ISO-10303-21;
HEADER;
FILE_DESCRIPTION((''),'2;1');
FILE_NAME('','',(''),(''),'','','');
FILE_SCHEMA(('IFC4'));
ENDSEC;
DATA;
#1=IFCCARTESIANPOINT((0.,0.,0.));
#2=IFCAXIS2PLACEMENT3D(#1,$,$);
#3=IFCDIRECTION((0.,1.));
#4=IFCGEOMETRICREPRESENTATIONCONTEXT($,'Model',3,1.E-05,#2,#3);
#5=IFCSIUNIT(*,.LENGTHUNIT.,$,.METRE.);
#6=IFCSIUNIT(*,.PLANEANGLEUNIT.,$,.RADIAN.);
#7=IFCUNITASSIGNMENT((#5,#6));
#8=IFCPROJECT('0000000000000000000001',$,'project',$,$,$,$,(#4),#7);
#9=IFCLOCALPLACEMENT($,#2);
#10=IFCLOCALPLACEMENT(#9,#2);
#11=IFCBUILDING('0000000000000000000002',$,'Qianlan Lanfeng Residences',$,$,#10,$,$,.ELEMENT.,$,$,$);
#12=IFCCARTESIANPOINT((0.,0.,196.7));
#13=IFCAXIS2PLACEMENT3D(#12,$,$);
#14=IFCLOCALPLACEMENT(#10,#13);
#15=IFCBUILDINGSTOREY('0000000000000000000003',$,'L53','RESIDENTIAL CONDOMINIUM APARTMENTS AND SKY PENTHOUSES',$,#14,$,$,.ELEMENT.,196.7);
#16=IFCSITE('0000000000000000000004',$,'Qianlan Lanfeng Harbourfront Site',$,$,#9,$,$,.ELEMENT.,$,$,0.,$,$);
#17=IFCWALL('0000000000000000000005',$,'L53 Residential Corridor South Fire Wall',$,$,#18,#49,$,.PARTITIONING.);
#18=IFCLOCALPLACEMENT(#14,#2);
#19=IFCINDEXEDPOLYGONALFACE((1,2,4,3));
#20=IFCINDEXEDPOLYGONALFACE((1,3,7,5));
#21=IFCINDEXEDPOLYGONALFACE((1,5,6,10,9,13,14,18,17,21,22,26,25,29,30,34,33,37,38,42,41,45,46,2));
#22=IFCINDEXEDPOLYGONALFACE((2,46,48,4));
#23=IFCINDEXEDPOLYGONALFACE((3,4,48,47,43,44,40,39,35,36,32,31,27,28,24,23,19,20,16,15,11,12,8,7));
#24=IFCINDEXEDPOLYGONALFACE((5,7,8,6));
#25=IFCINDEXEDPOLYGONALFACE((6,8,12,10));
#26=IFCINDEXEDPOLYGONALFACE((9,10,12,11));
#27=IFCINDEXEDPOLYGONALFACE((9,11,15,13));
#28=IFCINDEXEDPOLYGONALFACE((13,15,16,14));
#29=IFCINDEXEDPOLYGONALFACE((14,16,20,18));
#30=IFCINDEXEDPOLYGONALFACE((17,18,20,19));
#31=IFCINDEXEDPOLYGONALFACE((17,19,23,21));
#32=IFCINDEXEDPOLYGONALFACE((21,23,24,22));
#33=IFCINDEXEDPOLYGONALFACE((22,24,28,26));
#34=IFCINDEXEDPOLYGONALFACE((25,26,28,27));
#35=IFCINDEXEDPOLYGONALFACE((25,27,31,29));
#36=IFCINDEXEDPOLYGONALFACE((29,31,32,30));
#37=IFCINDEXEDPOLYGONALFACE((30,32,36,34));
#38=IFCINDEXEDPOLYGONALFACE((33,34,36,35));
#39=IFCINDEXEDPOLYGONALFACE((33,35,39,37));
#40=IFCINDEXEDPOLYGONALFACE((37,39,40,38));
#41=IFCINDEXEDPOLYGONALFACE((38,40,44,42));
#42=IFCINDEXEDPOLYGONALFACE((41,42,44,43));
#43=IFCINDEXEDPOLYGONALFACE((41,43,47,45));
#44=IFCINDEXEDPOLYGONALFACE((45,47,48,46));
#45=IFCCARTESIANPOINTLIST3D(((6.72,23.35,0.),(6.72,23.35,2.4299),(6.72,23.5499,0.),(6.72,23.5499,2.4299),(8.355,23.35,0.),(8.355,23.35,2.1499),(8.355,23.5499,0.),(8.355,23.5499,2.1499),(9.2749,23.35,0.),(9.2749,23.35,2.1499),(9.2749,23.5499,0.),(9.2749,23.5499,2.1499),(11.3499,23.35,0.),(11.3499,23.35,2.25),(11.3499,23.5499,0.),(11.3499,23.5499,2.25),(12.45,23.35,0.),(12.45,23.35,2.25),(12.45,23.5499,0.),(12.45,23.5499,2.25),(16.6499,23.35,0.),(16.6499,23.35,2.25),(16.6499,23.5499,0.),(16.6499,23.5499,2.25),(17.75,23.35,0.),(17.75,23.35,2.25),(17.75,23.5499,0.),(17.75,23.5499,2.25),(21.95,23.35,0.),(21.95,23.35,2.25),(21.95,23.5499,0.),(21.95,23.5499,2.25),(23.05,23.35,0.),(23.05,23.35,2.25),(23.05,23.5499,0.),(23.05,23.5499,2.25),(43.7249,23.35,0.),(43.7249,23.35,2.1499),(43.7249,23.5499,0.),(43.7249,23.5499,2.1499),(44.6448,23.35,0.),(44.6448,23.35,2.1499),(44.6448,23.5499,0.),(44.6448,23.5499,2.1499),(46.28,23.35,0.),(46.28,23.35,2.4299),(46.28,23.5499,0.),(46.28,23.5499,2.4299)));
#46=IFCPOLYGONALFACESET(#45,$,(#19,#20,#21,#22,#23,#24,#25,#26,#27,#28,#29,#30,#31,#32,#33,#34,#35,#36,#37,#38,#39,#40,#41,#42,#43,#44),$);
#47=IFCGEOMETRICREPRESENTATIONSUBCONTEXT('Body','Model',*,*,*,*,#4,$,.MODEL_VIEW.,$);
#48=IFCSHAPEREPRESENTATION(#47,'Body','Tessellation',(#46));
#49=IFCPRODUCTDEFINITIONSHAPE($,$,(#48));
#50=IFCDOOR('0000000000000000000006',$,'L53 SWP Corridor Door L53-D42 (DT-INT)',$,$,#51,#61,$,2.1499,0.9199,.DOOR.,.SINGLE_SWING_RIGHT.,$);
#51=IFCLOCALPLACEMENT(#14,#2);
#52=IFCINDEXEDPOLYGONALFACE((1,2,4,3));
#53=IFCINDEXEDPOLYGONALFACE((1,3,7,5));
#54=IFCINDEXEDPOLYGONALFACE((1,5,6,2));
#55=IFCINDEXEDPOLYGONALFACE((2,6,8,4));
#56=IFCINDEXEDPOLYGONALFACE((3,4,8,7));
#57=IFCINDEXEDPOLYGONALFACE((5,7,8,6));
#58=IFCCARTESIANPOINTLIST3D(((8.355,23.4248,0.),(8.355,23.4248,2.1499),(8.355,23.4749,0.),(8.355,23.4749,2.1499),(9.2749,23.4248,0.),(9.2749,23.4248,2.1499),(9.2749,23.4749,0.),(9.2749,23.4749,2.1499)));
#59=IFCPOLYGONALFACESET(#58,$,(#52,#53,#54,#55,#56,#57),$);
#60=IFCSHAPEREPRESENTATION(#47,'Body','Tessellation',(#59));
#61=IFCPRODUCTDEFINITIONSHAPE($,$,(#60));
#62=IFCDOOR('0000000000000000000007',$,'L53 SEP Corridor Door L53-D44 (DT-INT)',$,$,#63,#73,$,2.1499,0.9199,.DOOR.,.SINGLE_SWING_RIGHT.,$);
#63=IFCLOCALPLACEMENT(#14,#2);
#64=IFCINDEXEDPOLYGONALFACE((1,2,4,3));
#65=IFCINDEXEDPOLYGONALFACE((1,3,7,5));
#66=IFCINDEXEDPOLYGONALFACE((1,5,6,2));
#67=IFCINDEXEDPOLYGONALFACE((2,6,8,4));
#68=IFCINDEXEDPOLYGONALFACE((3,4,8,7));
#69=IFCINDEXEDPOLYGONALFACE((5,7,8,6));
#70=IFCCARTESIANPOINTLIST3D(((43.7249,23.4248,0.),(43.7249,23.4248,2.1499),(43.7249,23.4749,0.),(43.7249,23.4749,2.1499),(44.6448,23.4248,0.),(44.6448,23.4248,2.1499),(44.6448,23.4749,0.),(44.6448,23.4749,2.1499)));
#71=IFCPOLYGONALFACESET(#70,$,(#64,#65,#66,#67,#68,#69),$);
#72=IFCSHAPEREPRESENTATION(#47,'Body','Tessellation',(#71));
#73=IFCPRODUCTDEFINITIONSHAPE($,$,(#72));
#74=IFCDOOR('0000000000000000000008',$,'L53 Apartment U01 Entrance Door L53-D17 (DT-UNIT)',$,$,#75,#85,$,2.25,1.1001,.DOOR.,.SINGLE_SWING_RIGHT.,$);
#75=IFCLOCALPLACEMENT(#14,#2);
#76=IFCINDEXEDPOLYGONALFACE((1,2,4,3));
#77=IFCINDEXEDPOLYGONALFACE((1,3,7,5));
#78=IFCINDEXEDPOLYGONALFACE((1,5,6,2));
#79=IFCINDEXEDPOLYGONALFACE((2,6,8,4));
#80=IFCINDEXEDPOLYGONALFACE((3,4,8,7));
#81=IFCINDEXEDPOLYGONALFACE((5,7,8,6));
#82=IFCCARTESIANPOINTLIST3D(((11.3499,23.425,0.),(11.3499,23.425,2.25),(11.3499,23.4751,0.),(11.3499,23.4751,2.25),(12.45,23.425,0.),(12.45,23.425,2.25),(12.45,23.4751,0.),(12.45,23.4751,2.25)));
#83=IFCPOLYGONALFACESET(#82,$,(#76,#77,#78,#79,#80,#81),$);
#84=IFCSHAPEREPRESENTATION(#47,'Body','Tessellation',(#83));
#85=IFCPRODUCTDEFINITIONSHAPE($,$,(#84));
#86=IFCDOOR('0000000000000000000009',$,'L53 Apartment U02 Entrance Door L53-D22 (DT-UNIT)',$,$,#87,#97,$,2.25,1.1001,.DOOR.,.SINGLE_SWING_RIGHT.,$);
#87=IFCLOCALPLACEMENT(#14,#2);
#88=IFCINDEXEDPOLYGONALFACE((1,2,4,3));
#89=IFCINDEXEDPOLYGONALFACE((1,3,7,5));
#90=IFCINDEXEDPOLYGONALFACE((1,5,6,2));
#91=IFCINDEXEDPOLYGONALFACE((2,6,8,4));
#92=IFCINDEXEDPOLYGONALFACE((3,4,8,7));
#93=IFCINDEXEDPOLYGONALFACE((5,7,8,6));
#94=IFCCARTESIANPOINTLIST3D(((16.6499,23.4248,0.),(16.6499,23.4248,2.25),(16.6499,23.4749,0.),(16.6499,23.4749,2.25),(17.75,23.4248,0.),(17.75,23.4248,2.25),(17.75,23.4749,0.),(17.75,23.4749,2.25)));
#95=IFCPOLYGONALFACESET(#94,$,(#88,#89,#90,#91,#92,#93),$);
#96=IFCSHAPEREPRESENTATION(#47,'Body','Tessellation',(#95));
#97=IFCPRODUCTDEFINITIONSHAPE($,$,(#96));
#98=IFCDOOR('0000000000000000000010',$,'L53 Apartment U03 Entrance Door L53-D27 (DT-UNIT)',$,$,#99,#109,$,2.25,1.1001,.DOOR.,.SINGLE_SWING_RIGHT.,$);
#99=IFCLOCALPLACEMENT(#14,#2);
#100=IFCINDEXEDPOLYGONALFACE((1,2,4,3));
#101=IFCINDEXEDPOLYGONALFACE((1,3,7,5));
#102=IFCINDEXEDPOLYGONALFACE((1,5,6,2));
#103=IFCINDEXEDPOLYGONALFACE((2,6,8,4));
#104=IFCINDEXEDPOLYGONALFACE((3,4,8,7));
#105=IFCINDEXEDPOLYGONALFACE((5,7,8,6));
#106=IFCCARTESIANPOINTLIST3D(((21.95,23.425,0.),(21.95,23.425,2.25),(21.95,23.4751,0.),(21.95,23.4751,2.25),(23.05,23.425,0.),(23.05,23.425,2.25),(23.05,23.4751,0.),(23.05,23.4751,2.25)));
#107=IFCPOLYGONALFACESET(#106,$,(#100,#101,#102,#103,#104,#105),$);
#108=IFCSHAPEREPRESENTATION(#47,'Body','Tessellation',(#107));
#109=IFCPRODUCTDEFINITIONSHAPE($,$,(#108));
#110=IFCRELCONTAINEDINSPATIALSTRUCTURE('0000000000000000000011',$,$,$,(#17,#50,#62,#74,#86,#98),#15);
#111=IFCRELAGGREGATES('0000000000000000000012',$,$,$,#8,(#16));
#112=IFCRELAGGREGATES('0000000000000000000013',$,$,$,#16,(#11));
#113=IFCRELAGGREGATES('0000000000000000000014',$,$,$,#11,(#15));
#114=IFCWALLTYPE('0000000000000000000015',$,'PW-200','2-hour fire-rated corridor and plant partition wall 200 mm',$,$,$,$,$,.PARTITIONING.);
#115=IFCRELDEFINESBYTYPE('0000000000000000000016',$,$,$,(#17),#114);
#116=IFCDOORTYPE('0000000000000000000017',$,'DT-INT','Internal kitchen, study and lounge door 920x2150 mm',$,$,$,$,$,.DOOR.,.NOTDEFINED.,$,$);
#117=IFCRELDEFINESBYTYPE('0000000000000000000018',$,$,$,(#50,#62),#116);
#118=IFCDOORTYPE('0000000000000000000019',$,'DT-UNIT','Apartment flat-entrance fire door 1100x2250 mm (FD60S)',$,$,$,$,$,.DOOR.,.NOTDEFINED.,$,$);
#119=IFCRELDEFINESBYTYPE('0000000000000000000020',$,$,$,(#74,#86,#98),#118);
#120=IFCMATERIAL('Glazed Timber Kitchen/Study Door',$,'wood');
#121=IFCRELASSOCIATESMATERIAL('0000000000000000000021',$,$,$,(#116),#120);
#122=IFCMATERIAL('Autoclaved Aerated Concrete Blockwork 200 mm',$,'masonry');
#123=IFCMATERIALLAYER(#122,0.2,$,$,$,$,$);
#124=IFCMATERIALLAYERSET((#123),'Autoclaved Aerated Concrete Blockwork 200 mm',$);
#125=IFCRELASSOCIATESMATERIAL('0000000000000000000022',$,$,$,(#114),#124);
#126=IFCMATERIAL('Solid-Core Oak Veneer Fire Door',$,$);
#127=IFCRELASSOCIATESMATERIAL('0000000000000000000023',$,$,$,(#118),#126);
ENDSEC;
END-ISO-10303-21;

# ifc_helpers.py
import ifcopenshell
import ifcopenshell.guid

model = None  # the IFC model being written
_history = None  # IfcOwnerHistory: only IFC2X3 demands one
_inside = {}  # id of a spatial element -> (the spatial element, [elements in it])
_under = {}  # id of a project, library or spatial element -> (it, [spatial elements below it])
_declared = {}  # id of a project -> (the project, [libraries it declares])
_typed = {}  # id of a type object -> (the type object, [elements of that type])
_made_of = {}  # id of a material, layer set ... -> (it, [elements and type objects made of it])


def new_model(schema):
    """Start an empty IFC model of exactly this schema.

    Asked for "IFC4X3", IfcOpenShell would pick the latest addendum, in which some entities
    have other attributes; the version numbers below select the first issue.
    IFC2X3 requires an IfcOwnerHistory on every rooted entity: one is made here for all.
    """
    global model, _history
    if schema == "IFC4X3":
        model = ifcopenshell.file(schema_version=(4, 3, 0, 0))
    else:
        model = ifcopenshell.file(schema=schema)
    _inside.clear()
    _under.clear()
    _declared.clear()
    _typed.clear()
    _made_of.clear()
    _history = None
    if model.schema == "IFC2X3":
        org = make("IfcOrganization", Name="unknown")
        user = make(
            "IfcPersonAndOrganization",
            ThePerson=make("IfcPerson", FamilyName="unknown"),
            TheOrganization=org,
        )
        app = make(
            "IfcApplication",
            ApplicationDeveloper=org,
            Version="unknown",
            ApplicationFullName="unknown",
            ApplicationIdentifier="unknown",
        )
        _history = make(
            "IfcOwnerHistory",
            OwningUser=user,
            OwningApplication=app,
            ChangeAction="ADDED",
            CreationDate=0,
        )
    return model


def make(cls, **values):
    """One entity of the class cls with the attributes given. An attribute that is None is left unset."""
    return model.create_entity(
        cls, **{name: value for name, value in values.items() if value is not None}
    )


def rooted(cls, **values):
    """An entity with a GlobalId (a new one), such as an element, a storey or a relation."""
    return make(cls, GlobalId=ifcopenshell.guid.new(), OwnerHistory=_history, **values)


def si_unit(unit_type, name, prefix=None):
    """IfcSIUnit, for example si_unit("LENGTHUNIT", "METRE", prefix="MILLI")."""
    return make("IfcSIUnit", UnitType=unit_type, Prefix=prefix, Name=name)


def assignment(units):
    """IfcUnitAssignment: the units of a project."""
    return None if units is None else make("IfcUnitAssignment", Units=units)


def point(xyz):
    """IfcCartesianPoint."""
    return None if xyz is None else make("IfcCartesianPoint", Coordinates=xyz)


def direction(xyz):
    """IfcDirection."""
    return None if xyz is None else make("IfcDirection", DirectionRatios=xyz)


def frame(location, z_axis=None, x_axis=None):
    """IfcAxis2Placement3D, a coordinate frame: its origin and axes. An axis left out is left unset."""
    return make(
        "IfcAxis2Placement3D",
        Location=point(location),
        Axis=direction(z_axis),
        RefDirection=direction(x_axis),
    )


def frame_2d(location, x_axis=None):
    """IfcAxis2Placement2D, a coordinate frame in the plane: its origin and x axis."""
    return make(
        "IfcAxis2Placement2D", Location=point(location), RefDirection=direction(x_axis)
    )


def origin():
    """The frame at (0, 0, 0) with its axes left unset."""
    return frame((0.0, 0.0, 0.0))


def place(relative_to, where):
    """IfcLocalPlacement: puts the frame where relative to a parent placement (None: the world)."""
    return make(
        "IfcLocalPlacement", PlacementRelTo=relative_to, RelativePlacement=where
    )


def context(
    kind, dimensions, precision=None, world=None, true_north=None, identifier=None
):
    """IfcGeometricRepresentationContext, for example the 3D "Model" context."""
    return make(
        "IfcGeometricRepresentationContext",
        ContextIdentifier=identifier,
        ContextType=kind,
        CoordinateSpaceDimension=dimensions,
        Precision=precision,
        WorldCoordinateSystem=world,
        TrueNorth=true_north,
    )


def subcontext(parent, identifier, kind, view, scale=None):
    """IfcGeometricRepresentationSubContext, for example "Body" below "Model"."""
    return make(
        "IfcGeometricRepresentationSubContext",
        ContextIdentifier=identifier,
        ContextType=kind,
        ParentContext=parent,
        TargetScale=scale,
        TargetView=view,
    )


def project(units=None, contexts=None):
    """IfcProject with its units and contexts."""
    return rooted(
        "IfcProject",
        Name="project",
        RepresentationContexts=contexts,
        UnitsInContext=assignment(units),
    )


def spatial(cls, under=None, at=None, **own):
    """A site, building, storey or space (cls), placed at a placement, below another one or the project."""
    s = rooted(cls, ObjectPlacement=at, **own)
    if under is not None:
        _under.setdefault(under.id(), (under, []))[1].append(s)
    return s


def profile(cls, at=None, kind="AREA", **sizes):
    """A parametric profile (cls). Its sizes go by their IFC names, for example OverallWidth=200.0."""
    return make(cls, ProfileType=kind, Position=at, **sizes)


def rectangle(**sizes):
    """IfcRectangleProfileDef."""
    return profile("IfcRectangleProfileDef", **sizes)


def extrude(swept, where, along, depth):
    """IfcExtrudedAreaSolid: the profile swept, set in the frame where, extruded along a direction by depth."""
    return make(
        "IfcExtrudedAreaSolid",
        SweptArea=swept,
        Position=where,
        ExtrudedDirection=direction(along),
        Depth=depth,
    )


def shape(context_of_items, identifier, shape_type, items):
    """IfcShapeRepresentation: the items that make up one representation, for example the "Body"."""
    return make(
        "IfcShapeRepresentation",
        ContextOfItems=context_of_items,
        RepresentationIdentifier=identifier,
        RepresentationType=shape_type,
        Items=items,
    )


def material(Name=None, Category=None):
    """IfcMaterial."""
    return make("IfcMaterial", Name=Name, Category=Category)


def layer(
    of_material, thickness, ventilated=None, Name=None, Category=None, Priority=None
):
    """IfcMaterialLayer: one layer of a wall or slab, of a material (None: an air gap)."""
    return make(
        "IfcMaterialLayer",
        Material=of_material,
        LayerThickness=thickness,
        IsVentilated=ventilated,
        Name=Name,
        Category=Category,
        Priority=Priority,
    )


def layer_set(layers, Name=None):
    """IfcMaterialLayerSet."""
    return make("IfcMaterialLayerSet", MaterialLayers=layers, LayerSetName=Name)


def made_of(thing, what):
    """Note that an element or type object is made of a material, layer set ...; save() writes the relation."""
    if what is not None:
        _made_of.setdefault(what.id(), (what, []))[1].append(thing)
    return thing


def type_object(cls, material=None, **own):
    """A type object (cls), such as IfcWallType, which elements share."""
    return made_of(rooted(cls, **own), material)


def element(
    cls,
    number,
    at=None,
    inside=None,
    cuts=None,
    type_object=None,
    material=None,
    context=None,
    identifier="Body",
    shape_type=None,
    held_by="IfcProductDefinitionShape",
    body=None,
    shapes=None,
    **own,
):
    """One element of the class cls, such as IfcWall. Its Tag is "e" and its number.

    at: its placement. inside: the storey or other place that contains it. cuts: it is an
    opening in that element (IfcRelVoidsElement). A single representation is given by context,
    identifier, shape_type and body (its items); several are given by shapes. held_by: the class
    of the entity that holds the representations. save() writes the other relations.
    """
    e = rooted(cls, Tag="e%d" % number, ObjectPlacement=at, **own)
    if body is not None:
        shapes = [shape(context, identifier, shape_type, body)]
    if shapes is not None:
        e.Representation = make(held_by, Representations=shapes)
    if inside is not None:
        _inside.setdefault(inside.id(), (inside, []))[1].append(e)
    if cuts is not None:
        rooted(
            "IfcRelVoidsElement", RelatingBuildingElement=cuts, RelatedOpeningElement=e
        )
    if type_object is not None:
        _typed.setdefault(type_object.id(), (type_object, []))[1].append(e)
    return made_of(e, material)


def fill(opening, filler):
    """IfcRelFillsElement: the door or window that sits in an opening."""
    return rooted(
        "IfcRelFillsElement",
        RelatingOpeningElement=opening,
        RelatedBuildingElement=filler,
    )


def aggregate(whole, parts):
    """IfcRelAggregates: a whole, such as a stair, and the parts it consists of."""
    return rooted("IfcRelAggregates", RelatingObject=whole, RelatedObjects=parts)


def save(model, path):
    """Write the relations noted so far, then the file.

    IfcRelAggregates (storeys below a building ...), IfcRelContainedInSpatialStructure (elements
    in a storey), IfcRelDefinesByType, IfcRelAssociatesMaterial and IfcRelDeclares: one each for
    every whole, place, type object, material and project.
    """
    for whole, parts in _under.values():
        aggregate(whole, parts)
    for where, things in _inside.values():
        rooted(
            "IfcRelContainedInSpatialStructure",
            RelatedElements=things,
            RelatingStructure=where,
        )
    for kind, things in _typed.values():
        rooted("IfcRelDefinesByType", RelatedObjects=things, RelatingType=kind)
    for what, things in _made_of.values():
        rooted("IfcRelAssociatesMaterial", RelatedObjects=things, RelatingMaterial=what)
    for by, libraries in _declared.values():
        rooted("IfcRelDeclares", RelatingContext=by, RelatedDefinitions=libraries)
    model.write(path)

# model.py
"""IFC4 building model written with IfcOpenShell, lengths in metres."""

from ifc_helpers import new_model, si_unit, direction, frame, frame_2d, origin, place, context, subcontext, project, spatial, rectangle, extrude, material, layer, layer_set, type_object, element, fill, save


model = new_model("IFC4")

# Units and contexts
model_context = context("Model", 3, precision=1e-05, world=origin(), true_north=direction((0.0, 1.0)))
body_context = subcontext(model_context, "Body", "Model", "MODEL_VIEW")
ifc_project = project(units=[si_unit("LENGTHUNIT", "METRE"), si_unit("PLANEANGLEUNIT", "RADIAN")], contexts=[model_context])

# Site, building, storey
site_placement = place(None, origin())
site = spatial("IfcSite", under=ifc_project, at=site_placement, Name="Qianlan Lanfeng Harbourfront Site", CompositionType="ELEMENT", RefElevation=0.0)
building_placement = place(site_placement, origin())
building = spatial("IfcBuilding", under=site, at=building_placement, Name="Qianlan Lanfeng Residences", CompositionType="ELEMENT")
storey_placement = place(building_placement, frame((0.0, 0.0, 196.7)))
storey = spatial("IfcBuildingStorey", under=building, at=storey_placement, Name="L53", Description="RESIDENTIAL CONDOMINIUM APARTMENTS AND SKY PENTHOUSES", CompositionType="ELEMENT", Elevation=196.7)

# Shared definitions
ifc_material_1 = material(Name="Glazed Timber Kitchen/Study Door", Category="wood")
door_type_1 = type_object("IfcDoorType", Name="DT-INT", Description="Internal kitchen, study and lounge door 920x2150 mm", OperationType="NOTDEFINED", PredefinedType="DOOR", material=ifc_material_1)

# Wall, openings, doors
ifc_material_2 = material(Name="Autoclaved Aerated Concrete Blockwork 200 mm", Category="masonry")
ifc_layer_1 = layer(ifc_material_2, 0.2)
ifc_layer_set_1 = layer_set([ifc_layer_1], Name="Autoclaved Aerated Concrete Blockwork 200 mm")
wall_type_1 = type_object("IfcWallType", Name="PW-200", Description="2-hour fire-rated corridor and plant partition wall 200 mm", PredefinedType="PARTITIONING", material=ifc_layer_set_1)
wall_1_placement = place(storey_placement, frame((6.72, 23.45, 0.0), z_axis=(0.0, 0.0, 1.0), x_axis=(1.0, 0.0, 0.0)))
wall_1 = element("IfcWall", 1, at=wall_1_placement, inside=storey, type_object=wall_type_1, Name="L53 Residential Corridor South Fire Wall", PredefinedType="PARTITIONING", context=body_context, shape_type="SweptSolid", body=[
    extrude(rectangle(XDim=39.5601, YDim=0.2, at=frame_2d((19.78, 0.0))), origin(), (0.0, 0.0, 1.0), 2.4299),
])
opening_1_placement = place(wall_1_placement, frame((4.6299, 0.0, 0.0)))
opening_1 = element("IfcOpeningElement", 2, at=opening_1_placement, cuts=wall_1, PredefinedType="OPENING", context=body_context, shape_type="SweptSolid", body=[
    extrude(rectangle(XDim=1.1001, YDim=2.25, at=frame_2d((0.55, 1.125))), frame((0.0, 0.1099, 0.0), z_axis=(0.0, -1.0, 0.0), x_axis=(1.0, 0.0, 0.0)), (0.0, 0.0, 1.0), 0.22),
])
opening_2_placement = place(wall_1_placement, frame((9.9299, 0.0, 0.0)))
opening_2 = element("IfcOpeningElement", 3, at=opening_2_placement, cuts=wall_1, PredefinedType="OPENING", context=body_context, shape_type="SweptSolid", body=[
    extrude(rectangle(XDim=1.1001, YDim=2.25, at=frame_2d((0.55, 1.125))), frame((0.0, 0.1099, 0.0), z_axis=(0.0, -1.0, 0.0), x_axis=(1.0, 0.0, 0.0)), (0.0, 0.0, 1.0), 0.22),
])
opening_3_placement = place(wall_1_placement, frame((15.23, 0.0, 0.0)))
opening_3 = element("IfcOpeningElement", 4, at=opening_3_placement, cuts=wall_1, PredefinedType="OPENING", context=body_context, shape_type="SweptSolid", body=[
    extrude(rectangle(XDim=1.1001, YDim=2.25, at=frame_2d((0.55, 1.125))), frame((0.0, 0.1099, 0.0), z_axis=(0.0, -1.0, 0.0), x_axis=(1.0, 0.0, 0.0)), (0.0, 0.0, 1.0), 0.22),
])
opening_4_placement = place(wall_1_placement, frame((1.635, 0.0, 0.0)))
opening_4 = element("IfcOpeningElement", 5, at=opening_4_placement, cuts=wall_1, PredefinedType="OPENING", context=body_context, shape_type="SweptSolid", body=[
    extrude(rectangle(XDim=0.9199, YDim=2.1499, at=frame_2d((0.46, 1.075))), frame((0.0, 0.1099, 0.0), z_axis=(0.0, -1.0, 0.0), x_axis=(1.0, 0.0, 0.0)), (0.0, 0.0, 1.0), 0.22),
])
opening_5_placement = place(wall_1_placement, frame((37.0049, 0.0, 0.0)))
opening_5 = element("IfcOpeningElement", 6, at=opening_5_placement, cuts=wall_1, PredefinedType="OPENING", context=body_context, shape_type="SweptSolid", body=[
    extrude(rectangle(XDim=0.9199, YDim=2.1499, at=frame_2d((0.46, 1.075))), frame((0.0, 0.1099, 0.0), z_axis=(0.0, -1.0, 0.0), x_axis=(1.0, 0.0, 0.0)), (0.0, 0.0, 1.0), 0.22),
])
door_1_placement = place(opening_4_placement, origin())
door_1 = element("IfcDoor", 7, at=door_1_placement, inside=storey, type_object=door_type_1, Name="L53 SWP Corridor Door L53-D42 (DT-INT)", OperationType="SINGLE_SWING_RIGHT", OverallHeight=2.1499, OverallWidth=0.9199, PredefinedType="DOOR", context=body_context, shape_type="SweptSolid", body=[
    extrude(rectangle(XDim=0.9199, YDim=2.1499, at=frame_2d((0.46, 1.075))), frame((0.0, 0.0249, 0.0), z_axis=(0.0, -1.0, 0.0), x_axis=(1.0, 0.0, 0.0)), (0.0, 0.0, 1.0), 0.05),
])
fill(opening_4, door_1)
door_2_placement = place(opening_5_placement, origin())
door_2 = element("IfcDoor", 8, at=door_2_placement, inside=storey, type_object=door_type_1, Name="L53 SEP Corridor Door L53-D44 (DT-INT)", OperationType="SINGLE_SWING_RIGHT", OverallHeight=2.1499, OverallWidth=0.9199, PredefinedType="DOOR", context=body_context, shape_type="SweptSolid", body=[
    extrude(rectangle(XDim=0.9199, YDim=2.1499, at=frame_2d((0.46, 1.075))), frame((0.0, 0.0249, 0.0), z_axis=(0.0, -1.0, 0.0), x_axis=(1.0, 0.0, 0.0)), (0.0, 0.0, 1.0), 0.05),
])
fill(opening_5, door_2)
ifc_material_3 = material(Name="Solid-Core Oak Veneer Fire Door")
door_type_2 = type_object("IfcDoorType", Name="DT-UNIT", Description="Apartment flat-entrance fire door 1100x2250 mm (FD60S)", OperationType="NOTDEFINED", PredefinedType="DOOR", material=ifc_material_3)
door_3_placement = place(opening_1_placement, frame((1.1001, 0.0, 0.0), z_axis=(0.0, 0.0, 1.0), x_axis=(-1.0, 0.0, 0.0)))
door_3 = element("IfcDoor", 9, at=door_3_placement, inside=storey, type_object=door_type_2, Name="L53 Apartment U01 Entrance Door L53-D17 (DT-UNIT)", OperationType="SINGLE_SWING_RIGHT", OverallHeight=2.25, OverallWidth=1.1001, PredefinedType="DOOR", context=body_context, shape_type="SweptSolid", body=[
    extrude(rectangle(XDim=1.1001, YDim=2.25, at=frame_2d((0.55, 1.125))), frame((0.0, 0.0249, 0.0), z_axis=(0.0, -1.0, 0.0), x_axis=(1.0, 0.0, 0.0)), (0.0, 0.0, 1.0), 0.05),
])
fill(opening_1, door_3)
door_4_placement = place(opening_2_placement, origin())
door_4 = element("IfcDoor", 10, at=door_4_placement, inside=storey, type_object=door_type_2, Name="L53 Apartment U02 Entrance Door L53-D22 (DT-UNIT)", OperationType="SINGLE_SWING_RIGHT", OverallHeight=2.25, OverallWidth=1.1001, PredefinedType="DOOR", context=body_context, shape_type="SweptSolid", body=[
    extrude(rectangle(XDim=1.1001, YDim=2.25, at=frame_2d((0.55, 1.125))), frame((0.0, 0.0249, 0.0), z_axis=(0.0, -1.0, 0.0), x_axis=(1.0, 0.0, 0.0)), (0.0, 0.0, 1.0), 0.05),
])
fill(opening_2, door_4)
door_5_placement = place(opening_3_placement, frame((1.1001, 0.0, 0.0), z_axis=(0.0, 0.0, 1.0), x_axis=(-1.0, 0.0, 0.0)))
door_5 = element("IfcDoor", 11, at=door_5_placement, inside=storey, type_object=door_type_2, Name="L53 Apartment U03 Entrance Door L53-D27 (DT-UNIT)", OperationType="SINGLE_SWING_RIGHT", OverallHeight=2.25, OverallWidth=1.1001, PredefinedType="DOOR", context=body_context, shape_type="SweptSolid", body=[
    extrude(rectangle(XDim=1.1001, YDim=2.25, at=frame_2d((0.55, 1.125))), frame((0.0, 0.0249, 0.0), z_axis=(0.0, -1.0, 0.0), x_axis=(1.0, 0.0, 0.0)), (0.0, 0.0, 1.0), 0.05),
])
fill(opening_3, door_5)

save(model, "model.ifc")
